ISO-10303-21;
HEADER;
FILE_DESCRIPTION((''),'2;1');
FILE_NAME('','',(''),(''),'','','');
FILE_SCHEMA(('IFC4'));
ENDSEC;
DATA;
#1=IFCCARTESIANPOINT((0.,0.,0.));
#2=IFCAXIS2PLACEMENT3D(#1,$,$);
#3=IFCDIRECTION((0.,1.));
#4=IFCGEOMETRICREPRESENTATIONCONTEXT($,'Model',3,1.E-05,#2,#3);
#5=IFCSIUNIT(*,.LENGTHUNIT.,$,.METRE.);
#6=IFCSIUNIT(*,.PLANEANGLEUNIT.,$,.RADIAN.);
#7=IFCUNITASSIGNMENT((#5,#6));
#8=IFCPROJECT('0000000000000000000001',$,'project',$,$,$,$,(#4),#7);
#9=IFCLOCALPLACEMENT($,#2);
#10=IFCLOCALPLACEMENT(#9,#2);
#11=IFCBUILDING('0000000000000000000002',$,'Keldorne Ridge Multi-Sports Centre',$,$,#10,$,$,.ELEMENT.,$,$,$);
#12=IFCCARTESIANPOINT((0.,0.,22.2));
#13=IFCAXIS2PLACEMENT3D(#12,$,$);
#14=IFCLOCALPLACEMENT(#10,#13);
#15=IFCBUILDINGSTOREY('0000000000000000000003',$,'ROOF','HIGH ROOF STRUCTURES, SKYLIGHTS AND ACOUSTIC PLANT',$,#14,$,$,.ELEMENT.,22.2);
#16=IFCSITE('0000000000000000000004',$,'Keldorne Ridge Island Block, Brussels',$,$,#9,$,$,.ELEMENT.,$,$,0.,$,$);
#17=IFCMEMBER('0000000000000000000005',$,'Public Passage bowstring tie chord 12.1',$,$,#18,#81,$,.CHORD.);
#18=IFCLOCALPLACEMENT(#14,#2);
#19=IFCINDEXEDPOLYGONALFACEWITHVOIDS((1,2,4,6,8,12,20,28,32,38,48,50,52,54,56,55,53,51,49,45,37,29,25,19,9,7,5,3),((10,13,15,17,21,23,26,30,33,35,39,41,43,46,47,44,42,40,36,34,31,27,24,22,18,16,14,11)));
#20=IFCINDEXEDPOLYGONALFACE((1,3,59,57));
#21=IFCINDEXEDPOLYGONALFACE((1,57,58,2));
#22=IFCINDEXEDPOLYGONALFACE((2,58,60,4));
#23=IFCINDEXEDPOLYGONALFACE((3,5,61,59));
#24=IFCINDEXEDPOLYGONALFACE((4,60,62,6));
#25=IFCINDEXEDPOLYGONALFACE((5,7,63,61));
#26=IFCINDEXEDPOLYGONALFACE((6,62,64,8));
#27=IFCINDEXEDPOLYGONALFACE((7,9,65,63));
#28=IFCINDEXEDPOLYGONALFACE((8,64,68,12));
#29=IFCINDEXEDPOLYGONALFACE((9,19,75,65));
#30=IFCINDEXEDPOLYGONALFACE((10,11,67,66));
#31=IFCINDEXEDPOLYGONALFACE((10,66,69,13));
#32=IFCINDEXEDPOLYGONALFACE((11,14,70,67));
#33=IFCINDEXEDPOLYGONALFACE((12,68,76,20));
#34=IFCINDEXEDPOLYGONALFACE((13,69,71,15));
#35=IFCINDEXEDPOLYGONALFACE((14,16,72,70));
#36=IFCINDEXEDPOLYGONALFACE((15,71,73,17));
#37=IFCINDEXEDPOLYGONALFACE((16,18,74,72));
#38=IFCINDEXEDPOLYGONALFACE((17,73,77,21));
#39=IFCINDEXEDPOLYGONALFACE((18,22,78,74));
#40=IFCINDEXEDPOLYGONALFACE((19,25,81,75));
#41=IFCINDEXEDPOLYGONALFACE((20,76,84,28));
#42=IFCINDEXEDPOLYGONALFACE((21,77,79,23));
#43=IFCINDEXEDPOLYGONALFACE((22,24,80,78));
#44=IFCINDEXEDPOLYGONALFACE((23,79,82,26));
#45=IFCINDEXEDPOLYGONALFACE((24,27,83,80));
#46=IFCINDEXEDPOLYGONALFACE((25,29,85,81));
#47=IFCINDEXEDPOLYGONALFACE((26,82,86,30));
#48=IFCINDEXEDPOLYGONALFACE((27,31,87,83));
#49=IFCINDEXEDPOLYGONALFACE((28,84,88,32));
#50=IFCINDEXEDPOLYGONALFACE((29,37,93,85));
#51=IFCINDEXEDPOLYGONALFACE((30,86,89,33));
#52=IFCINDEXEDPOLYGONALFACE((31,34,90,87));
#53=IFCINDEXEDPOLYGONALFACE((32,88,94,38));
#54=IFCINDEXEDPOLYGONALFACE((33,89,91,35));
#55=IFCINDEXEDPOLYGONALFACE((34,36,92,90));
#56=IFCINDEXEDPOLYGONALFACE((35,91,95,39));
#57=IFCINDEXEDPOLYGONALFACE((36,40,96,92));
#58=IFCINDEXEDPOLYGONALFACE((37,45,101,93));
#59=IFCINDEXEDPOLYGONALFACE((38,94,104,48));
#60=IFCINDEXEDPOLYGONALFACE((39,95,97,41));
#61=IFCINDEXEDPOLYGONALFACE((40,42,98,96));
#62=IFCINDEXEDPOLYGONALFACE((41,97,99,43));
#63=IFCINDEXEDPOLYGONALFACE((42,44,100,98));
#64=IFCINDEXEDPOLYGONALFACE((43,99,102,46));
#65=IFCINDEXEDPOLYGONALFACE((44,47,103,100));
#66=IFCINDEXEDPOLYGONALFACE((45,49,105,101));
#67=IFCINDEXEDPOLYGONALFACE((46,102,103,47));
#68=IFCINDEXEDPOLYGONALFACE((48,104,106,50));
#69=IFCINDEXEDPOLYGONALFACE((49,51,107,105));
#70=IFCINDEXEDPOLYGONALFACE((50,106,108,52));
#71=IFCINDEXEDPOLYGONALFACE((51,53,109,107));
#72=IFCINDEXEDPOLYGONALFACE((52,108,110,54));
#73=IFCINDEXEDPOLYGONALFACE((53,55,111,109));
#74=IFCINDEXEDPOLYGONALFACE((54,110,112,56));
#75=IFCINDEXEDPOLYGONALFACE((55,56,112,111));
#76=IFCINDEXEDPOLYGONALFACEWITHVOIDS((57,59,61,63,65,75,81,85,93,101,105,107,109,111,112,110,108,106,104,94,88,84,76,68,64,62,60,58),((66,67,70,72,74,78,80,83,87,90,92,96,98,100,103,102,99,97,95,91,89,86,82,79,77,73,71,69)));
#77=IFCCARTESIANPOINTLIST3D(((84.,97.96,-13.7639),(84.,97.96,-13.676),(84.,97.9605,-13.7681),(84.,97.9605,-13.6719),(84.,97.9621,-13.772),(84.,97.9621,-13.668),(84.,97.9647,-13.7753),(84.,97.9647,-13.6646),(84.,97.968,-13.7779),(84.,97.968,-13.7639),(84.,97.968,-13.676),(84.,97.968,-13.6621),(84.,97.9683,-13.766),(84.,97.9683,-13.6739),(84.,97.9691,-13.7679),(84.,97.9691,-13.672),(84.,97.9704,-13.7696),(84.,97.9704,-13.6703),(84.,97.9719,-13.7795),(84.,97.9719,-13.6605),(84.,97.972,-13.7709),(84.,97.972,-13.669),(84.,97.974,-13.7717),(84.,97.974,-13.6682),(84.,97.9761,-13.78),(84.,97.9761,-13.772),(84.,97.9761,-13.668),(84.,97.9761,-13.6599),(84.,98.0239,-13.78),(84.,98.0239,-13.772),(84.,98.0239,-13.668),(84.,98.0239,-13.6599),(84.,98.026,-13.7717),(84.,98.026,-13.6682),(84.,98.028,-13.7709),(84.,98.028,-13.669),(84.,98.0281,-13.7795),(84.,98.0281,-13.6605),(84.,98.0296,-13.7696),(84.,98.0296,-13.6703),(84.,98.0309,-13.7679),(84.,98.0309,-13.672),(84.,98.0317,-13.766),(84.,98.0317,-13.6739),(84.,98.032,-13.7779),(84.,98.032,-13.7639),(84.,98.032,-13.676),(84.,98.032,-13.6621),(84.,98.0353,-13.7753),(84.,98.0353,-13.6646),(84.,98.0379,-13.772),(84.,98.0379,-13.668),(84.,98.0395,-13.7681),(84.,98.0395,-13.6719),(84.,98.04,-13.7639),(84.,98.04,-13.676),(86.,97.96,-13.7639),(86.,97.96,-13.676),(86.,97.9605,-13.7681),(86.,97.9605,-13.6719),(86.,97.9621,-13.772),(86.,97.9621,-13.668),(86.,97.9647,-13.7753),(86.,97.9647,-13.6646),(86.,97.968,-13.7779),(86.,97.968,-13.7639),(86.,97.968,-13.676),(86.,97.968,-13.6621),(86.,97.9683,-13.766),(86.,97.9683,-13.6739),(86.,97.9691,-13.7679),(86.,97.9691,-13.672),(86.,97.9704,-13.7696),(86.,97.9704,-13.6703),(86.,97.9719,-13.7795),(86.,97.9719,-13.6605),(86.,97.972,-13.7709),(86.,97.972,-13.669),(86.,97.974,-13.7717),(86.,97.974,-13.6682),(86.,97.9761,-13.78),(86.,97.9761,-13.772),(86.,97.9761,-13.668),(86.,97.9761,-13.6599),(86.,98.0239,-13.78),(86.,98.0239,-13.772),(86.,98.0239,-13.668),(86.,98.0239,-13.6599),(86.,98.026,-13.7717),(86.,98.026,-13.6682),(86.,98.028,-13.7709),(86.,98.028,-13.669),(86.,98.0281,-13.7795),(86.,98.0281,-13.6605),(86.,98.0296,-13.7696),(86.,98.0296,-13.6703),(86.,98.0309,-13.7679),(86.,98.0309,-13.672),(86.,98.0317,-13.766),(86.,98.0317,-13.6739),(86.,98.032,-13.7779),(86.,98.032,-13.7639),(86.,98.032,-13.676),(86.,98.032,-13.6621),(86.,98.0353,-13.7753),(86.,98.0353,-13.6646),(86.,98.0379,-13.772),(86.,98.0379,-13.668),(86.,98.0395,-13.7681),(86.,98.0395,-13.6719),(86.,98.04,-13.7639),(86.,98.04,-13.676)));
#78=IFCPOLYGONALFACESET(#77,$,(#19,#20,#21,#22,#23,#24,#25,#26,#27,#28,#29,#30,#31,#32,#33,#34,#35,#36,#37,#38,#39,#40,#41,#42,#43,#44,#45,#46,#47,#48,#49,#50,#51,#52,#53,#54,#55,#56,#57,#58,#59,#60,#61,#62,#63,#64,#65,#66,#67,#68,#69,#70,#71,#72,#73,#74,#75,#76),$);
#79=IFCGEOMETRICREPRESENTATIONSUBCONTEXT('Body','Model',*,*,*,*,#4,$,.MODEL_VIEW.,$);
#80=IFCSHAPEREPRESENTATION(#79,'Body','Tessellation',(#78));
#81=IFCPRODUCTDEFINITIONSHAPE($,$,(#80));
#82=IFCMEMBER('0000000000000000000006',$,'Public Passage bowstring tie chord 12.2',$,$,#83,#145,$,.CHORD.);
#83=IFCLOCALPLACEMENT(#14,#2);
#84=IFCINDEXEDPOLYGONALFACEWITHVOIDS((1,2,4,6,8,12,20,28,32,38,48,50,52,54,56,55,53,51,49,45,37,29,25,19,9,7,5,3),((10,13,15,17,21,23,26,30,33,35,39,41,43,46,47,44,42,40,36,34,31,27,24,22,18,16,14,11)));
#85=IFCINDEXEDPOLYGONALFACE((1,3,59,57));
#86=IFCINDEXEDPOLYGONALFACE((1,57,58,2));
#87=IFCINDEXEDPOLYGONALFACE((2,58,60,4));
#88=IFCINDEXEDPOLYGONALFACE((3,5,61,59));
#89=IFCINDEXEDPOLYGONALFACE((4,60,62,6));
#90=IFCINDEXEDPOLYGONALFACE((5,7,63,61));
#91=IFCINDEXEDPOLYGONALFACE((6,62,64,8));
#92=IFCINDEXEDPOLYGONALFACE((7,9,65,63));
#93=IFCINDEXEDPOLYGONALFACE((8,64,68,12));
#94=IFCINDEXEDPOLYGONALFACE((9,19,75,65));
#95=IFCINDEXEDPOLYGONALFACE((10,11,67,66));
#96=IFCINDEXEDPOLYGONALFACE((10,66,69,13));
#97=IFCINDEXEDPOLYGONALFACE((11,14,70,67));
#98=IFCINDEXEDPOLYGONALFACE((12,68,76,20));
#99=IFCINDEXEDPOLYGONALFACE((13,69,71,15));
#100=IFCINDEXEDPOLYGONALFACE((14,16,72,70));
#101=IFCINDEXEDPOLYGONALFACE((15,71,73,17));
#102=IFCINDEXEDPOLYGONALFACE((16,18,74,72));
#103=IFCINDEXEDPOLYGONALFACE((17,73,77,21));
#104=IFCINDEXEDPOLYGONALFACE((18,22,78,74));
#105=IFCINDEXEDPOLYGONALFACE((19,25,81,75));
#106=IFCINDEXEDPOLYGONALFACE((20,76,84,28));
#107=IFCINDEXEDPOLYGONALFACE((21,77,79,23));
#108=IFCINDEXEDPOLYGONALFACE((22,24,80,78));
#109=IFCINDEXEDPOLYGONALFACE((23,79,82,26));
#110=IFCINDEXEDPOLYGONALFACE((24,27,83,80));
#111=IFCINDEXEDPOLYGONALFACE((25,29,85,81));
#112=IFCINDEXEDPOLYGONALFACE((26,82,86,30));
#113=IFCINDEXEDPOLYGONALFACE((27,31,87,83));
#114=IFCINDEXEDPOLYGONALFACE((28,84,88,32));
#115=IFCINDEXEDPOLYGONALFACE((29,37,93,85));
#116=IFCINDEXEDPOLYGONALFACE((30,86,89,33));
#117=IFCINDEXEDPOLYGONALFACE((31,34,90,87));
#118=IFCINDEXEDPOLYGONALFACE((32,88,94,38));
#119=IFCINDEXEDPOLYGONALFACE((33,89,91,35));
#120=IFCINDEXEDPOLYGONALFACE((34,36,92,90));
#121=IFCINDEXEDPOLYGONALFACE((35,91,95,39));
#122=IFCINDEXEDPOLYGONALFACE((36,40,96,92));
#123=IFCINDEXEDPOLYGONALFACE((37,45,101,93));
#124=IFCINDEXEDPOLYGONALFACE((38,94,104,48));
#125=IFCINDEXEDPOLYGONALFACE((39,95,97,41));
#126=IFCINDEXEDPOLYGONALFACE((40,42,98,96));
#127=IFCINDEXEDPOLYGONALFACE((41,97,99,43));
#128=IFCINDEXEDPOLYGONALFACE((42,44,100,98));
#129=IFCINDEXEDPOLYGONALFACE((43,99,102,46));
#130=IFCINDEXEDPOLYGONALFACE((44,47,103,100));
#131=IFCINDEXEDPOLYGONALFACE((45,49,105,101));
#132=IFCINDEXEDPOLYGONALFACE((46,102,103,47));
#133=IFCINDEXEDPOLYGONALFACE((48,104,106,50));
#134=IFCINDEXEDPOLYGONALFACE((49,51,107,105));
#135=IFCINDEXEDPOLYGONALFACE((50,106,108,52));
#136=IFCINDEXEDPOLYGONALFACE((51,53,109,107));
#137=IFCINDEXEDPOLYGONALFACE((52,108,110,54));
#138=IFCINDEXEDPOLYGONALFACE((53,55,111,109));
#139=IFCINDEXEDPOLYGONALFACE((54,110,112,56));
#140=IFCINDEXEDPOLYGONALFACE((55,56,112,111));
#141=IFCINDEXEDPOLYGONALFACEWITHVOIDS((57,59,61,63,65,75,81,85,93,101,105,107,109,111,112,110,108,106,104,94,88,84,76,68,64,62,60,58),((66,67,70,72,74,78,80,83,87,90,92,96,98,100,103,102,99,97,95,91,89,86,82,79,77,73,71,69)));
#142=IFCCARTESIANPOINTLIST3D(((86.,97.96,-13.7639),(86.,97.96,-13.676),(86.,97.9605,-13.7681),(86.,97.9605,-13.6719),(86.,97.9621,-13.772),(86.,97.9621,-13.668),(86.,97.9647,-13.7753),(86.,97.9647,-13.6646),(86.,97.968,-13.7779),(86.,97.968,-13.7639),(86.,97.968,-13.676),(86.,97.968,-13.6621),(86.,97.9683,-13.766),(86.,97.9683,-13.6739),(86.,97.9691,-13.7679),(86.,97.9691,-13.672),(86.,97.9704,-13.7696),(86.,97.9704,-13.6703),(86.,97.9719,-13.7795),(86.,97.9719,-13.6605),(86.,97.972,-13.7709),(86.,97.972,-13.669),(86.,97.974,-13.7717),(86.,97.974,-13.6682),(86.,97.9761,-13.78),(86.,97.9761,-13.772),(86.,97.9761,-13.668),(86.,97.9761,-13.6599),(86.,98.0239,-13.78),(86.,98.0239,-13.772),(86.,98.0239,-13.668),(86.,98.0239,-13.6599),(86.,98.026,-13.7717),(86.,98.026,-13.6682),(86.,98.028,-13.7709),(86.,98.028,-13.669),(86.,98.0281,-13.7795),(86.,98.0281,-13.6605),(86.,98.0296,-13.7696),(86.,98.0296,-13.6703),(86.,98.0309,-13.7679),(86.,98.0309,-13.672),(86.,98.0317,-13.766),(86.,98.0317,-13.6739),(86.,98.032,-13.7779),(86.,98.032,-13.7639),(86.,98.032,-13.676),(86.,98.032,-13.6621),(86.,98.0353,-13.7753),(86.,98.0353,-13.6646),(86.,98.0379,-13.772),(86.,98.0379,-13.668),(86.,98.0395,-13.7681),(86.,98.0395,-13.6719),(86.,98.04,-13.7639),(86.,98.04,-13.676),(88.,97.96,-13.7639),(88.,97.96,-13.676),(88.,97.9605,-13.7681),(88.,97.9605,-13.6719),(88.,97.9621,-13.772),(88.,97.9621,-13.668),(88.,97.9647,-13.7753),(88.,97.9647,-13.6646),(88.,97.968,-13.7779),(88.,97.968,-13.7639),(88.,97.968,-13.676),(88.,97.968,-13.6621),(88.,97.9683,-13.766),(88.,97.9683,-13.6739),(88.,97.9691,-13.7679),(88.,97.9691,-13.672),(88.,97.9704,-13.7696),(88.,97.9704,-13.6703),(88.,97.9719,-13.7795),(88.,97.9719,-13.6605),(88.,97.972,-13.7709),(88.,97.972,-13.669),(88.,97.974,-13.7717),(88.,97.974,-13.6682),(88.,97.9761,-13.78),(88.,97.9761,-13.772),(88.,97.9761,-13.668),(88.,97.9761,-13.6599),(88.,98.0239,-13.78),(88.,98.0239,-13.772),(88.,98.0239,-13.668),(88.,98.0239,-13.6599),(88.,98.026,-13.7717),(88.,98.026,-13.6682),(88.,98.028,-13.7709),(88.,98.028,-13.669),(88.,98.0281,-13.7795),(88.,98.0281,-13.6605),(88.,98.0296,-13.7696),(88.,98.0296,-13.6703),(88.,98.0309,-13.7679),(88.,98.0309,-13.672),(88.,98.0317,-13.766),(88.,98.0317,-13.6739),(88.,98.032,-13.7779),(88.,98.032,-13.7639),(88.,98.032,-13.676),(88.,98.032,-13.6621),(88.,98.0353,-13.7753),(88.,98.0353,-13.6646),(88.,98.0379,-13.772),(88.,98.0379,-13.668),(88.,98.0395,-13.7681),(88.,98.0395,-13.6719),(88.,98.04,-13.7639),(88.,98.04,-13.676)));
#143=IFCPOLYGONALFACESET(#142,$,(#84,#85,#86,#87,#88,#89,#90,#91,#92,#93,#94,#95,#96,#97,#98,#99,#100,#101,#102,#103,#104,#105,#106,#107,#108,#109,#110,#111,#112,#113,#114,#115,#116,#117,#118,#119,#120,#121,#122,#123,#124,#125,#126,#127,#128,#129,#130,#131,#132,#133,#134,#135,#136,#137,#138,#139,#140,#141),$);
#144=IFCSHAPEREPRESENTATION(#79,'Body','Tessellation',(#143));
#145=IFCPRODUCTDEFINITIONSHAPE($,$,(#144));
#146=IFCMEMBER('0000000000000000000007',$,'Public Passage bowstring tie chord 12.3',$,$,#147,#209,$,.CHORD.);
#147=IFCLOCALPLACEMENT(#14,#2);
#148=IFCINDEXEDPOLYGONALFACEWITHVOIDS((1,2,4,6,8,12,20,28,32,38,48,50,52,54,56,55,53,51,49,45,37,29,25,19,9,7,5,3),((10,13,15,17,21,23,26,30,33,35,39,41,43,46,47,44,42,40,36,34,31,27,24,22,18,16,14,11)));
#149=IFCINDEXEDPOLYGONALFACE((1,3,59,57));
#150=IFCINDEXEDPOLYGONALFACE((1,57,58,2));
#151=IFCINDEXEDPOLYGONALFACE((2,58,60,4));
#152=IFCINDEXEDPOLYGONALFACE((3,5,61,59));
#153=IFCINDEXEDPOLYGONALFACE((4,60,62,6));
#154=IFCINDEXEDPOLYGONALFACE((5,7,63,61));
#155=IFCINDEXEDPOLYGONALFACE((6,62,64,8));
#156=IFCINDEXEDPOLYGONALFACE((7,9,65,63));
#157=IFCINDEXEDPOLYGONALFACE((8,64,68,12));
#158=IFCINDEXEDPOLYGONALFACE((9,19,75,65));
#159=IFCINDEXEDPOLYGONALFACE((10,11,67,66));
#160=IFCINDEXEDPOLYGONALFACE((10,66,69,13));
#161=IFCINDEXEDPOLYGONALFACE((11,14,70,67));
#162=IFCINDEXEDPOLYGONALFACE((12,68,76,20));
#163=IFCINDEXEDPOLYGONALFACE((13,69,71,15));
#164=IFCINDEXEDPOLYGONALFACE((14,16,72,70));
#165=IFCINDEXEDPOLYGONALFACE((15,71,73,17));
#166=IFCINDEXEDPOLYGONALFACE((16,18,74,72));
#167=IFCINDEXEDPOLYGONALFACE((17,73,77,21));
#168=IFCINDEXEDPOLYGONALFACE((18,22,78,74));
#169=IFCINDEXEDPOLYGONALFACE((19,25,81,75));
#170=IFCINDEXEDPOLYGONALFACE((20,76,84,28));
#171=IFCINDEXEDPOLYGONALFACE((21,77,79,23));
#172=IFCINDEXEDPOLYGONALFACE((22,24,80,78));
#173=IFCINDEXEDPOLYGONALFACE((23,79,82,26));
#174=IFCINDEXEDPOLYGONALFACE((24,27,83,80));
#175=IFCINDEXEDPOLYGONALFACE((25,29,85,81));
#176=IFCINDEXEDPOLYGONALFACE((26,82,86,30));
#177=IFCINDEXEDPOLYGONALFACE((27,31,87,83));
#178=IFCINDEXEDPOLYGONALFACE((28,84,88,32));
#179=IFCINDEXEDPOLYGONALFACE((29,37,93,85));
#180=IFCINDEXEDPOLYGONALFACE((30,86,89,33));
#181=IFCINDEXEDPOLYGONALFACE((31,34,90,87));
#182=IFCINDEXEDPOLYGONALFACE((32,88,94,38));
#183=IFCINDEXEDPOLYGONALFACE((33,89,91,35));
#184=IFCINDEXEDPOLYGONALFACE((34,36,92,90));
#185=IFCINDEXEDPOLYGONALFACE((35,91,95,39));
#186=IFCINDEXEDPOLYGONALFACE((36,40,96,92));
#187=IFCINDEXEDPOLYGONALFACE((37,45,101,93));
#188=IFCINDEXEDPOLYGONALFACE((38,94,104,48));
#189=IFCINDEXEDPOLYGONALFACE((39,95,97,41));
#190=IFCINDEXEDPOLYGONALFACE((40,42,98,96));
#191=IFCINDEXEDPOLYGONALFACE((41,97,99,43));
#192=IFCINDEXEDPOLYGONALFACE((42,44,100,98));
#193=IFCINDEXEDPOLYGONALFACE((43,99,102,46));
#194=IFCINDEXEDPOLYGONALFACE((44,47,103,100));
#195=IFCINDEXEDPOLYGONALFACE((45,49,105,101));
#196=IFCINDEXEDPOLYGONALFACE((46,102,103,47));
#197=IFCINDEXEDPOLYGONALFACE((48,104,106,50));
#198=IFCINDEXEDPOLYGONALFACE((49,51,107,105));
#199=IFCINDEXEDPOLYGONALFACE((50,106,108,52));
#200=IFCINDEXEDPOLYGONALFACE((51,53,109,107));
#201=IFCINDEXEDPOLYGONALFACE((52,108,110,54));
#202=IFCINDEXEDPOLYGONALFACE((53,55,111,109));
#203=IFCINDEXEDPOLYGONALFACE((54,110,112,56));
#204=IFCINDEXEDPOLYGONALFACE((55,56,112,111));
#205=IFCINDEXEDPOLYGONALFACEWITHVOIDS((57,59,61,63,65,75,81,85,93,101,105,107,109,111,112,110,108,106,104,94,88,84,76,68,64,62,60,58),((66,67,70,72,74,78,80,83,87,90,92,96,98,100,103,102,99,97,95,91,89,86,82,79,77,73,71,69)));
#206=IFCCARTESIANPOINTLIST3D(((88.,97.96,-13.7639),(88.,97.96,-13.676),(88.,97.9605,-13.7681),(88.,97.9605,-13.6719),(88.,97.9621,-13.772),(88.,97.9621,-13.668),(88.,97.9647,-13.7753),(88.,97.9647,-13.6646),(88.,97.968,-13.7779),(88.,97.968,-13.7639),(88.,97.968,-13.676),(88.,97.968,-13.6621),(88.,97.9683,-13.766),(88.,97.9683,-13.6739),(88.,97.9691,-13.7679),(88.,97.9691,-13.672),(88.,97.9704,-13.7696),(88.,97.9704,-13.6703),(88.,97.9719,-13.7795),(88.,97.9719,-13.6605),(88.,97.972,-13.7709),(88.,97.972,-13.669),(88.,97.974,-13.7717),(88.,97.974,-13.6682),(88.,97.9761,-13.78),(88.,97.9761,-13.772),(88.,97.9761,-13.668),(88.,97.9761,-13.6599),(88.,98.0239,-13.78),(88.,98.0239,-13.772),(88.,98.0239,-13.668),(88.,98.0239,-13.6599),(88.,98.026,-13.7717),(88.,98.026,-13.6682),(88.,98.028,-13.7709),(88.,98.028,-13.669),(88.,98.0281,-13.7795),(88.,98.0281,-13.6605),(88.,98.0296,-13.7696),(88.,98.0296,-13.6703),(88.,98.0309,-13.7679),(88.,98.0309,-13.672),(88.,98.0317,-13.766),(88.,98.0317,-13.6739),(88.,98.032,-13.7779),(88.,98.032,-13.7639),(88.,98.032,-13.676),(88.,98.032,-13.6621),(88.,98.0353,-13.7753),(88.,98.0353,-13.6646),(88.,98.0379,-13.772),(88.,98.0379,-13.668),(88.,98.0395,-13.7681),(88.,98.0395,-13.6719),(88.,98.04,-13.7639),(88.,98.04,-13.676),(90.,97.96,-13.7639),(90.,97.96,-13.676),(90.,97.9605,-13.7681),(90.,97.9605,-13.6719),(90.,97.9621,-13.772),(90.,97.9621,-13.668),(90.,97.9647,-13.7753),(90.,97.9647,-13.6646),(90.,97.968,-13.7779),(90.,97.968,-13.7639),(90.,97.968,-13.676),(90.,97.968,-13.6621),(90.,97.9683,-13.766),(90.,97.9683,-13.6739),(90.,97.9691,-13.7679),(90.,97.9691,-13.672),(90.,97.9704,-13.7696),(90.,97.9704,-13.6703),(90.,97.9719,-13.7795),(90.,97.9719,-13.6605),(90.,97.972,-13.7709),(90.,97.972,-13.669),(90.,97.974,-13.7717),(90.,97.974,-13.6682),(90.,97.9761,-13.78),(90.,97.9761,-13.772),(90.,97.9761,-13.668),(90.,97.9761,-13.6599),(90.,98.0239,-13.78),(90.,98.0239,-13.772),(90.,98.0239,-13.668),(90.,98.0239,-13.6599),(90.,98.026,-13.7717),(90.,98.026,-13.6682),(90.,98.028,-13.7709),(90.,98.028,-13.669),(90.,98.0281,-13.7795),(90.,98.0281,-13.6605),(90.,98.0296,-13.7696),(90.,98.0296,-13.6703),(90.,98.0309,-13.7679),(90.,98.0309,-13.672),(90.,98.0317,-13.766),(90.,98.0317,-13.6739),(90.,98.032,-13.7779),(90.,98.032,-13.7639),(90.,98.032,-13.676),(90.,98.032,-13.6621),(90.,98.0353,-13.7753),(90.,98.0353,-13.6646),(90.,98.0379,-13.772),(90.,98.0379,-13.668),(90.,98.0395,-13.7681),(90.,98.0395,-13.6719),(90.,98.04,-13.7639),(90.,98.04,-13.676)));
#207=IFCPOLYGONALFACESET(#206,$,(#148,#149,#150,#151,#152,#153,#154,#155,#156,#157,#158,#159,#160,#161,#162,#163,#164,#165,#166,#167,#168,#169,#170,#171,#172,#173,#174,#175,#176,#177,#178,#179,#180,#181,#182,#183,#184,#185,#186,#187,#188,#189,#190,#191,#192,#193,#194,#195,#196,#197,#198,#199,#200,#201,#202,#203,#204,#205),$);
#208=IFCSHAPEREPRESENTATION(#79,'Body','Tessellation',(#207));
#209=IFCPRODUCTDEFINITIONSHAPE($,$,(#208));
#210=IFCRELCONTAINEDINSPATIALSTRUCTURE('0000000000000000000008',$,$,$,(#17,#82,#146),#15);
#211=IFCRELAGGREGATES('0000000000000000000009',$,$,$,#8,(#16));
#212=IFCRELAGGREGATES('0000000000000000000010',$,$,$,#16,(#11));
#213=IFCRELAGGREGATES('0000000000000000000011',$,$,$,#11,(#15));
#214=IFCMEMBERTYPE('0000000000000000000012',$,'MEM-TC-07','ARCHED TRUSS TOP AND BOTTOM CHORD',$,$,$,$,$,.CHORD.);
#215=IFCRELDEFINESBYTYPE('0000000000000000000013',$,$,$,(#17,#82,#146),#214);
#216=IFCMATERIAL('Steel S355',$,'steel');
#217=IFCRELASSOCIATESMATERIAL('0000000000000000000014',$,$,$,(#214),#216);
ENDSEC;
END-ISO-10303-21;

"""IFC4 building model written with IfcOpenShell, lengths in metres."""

from ifc_helpers import new_model, si_unit, direction, frame, origin, origin_2d, place, context, subcontext, project, spatial, hollow_rectangle, extrude, material, material_profile, profile_set, type_object, element, save


model = new_model("IFC4")

# Units and contexts
model_context = context("Model", 3, precision=1e-05, world=origin(), true_north=direction((0.0, 1.0)))
body_context = subcontext(model_context, "Body", "Model", "MODEL_VIEW")
ifc_project = project(units=[si_unit("LENGTHUNIT", "METRE"), si_unit("PLANEANGLEUNIT", "RADIAN")], contexts=[model_context])

# Site, building, storey
site_placement = place(None, origin())
site = spatial("IfcSite", under=ifc_project, at=site_placement, Name="Keldorne Ridge Island Block, Brussels", CompositionType="ELEMENT", RefElevation=0.0)
building_placement = place(site_placement, origin())
building = spatial("IfcBuilding", under=site, at=building_placement, Name="Keldorne Ridge Multi-Sports Centre", CompositionType="ELEMENT")
storey_placement = place(building_placement, frame((0.0, 0.0, 22.2)))
storey = spatial("IfcBuildingStorey", under=building, at=storey_placement, Name="ROOF", Description="HIGH ROOF STRUCTURES, SKYLIGHTS AND ACOUSTIC PLANT", CompositionType="ELEMENT", Elevation=22.2)

# Members
ifc_material = material(Name="Steel S355", Category="steel")
ifc_material_profile_1 = material_profile(ifc_material, hollow_rectangle(XDim=0.0801, YDim=0.1201, WallThickness=0.0081, InnerFilletRadius=0.0081, OuterFilletRadius=0.0161, at=origin_2d()), Name="RHS 120x80x8")
ifc_profile_set_1 = profile_set([ifc_material_profile_1], Name="Steel S355")
member_type_1 = type_object("IfcMemberType", Name="MEM-TC-07", Description="ARCHED TRUSS TOP AND BOTTOM CHORD", PredefinedType="CHORD", material=ifc_profile_set_1)
for number, where, z_axis, x_axis, name in (
    (1, (84.0, 98.0, -13.72), (1.0, 0.0, 0.0), (0.0, 1.0, 0.0), "Public Passage bowstring tie chord 12.1"),
    (2, (86.0, 98.0, -13.72), (1.0, 0.0, 0.0), (0.0, 1.0, 0.0), "Public Passage bowstring tie chord 12.2"),
    (3, (88.0, 98.0, -13.72), (1.0, 0.0, 0.0), (0.0, 1.0, 0.0), "Public Passage bowstring tie chord 12.3"),
):
    element("IfcMember", number, at=place(storey_placement, frame(where, z_axis=z_axis, x_axis=x_axis)), inside=storey, type_object=member_type_1, Name=name, PredefinedType="CHORD", context=body_context, shape_type="SweptSolid", body=[
        extrude(hollow_rectangle(XDim=0.0801, YDim=0.1201, WallThickness=0.0081, InnerFilletRadius=0.0081, OuterFilletRadius=0.0161, at=origin_2d()), origin(), (0.0, 0.0, 1.0), 2.0),
    ])

save(model, "model.ifc")
